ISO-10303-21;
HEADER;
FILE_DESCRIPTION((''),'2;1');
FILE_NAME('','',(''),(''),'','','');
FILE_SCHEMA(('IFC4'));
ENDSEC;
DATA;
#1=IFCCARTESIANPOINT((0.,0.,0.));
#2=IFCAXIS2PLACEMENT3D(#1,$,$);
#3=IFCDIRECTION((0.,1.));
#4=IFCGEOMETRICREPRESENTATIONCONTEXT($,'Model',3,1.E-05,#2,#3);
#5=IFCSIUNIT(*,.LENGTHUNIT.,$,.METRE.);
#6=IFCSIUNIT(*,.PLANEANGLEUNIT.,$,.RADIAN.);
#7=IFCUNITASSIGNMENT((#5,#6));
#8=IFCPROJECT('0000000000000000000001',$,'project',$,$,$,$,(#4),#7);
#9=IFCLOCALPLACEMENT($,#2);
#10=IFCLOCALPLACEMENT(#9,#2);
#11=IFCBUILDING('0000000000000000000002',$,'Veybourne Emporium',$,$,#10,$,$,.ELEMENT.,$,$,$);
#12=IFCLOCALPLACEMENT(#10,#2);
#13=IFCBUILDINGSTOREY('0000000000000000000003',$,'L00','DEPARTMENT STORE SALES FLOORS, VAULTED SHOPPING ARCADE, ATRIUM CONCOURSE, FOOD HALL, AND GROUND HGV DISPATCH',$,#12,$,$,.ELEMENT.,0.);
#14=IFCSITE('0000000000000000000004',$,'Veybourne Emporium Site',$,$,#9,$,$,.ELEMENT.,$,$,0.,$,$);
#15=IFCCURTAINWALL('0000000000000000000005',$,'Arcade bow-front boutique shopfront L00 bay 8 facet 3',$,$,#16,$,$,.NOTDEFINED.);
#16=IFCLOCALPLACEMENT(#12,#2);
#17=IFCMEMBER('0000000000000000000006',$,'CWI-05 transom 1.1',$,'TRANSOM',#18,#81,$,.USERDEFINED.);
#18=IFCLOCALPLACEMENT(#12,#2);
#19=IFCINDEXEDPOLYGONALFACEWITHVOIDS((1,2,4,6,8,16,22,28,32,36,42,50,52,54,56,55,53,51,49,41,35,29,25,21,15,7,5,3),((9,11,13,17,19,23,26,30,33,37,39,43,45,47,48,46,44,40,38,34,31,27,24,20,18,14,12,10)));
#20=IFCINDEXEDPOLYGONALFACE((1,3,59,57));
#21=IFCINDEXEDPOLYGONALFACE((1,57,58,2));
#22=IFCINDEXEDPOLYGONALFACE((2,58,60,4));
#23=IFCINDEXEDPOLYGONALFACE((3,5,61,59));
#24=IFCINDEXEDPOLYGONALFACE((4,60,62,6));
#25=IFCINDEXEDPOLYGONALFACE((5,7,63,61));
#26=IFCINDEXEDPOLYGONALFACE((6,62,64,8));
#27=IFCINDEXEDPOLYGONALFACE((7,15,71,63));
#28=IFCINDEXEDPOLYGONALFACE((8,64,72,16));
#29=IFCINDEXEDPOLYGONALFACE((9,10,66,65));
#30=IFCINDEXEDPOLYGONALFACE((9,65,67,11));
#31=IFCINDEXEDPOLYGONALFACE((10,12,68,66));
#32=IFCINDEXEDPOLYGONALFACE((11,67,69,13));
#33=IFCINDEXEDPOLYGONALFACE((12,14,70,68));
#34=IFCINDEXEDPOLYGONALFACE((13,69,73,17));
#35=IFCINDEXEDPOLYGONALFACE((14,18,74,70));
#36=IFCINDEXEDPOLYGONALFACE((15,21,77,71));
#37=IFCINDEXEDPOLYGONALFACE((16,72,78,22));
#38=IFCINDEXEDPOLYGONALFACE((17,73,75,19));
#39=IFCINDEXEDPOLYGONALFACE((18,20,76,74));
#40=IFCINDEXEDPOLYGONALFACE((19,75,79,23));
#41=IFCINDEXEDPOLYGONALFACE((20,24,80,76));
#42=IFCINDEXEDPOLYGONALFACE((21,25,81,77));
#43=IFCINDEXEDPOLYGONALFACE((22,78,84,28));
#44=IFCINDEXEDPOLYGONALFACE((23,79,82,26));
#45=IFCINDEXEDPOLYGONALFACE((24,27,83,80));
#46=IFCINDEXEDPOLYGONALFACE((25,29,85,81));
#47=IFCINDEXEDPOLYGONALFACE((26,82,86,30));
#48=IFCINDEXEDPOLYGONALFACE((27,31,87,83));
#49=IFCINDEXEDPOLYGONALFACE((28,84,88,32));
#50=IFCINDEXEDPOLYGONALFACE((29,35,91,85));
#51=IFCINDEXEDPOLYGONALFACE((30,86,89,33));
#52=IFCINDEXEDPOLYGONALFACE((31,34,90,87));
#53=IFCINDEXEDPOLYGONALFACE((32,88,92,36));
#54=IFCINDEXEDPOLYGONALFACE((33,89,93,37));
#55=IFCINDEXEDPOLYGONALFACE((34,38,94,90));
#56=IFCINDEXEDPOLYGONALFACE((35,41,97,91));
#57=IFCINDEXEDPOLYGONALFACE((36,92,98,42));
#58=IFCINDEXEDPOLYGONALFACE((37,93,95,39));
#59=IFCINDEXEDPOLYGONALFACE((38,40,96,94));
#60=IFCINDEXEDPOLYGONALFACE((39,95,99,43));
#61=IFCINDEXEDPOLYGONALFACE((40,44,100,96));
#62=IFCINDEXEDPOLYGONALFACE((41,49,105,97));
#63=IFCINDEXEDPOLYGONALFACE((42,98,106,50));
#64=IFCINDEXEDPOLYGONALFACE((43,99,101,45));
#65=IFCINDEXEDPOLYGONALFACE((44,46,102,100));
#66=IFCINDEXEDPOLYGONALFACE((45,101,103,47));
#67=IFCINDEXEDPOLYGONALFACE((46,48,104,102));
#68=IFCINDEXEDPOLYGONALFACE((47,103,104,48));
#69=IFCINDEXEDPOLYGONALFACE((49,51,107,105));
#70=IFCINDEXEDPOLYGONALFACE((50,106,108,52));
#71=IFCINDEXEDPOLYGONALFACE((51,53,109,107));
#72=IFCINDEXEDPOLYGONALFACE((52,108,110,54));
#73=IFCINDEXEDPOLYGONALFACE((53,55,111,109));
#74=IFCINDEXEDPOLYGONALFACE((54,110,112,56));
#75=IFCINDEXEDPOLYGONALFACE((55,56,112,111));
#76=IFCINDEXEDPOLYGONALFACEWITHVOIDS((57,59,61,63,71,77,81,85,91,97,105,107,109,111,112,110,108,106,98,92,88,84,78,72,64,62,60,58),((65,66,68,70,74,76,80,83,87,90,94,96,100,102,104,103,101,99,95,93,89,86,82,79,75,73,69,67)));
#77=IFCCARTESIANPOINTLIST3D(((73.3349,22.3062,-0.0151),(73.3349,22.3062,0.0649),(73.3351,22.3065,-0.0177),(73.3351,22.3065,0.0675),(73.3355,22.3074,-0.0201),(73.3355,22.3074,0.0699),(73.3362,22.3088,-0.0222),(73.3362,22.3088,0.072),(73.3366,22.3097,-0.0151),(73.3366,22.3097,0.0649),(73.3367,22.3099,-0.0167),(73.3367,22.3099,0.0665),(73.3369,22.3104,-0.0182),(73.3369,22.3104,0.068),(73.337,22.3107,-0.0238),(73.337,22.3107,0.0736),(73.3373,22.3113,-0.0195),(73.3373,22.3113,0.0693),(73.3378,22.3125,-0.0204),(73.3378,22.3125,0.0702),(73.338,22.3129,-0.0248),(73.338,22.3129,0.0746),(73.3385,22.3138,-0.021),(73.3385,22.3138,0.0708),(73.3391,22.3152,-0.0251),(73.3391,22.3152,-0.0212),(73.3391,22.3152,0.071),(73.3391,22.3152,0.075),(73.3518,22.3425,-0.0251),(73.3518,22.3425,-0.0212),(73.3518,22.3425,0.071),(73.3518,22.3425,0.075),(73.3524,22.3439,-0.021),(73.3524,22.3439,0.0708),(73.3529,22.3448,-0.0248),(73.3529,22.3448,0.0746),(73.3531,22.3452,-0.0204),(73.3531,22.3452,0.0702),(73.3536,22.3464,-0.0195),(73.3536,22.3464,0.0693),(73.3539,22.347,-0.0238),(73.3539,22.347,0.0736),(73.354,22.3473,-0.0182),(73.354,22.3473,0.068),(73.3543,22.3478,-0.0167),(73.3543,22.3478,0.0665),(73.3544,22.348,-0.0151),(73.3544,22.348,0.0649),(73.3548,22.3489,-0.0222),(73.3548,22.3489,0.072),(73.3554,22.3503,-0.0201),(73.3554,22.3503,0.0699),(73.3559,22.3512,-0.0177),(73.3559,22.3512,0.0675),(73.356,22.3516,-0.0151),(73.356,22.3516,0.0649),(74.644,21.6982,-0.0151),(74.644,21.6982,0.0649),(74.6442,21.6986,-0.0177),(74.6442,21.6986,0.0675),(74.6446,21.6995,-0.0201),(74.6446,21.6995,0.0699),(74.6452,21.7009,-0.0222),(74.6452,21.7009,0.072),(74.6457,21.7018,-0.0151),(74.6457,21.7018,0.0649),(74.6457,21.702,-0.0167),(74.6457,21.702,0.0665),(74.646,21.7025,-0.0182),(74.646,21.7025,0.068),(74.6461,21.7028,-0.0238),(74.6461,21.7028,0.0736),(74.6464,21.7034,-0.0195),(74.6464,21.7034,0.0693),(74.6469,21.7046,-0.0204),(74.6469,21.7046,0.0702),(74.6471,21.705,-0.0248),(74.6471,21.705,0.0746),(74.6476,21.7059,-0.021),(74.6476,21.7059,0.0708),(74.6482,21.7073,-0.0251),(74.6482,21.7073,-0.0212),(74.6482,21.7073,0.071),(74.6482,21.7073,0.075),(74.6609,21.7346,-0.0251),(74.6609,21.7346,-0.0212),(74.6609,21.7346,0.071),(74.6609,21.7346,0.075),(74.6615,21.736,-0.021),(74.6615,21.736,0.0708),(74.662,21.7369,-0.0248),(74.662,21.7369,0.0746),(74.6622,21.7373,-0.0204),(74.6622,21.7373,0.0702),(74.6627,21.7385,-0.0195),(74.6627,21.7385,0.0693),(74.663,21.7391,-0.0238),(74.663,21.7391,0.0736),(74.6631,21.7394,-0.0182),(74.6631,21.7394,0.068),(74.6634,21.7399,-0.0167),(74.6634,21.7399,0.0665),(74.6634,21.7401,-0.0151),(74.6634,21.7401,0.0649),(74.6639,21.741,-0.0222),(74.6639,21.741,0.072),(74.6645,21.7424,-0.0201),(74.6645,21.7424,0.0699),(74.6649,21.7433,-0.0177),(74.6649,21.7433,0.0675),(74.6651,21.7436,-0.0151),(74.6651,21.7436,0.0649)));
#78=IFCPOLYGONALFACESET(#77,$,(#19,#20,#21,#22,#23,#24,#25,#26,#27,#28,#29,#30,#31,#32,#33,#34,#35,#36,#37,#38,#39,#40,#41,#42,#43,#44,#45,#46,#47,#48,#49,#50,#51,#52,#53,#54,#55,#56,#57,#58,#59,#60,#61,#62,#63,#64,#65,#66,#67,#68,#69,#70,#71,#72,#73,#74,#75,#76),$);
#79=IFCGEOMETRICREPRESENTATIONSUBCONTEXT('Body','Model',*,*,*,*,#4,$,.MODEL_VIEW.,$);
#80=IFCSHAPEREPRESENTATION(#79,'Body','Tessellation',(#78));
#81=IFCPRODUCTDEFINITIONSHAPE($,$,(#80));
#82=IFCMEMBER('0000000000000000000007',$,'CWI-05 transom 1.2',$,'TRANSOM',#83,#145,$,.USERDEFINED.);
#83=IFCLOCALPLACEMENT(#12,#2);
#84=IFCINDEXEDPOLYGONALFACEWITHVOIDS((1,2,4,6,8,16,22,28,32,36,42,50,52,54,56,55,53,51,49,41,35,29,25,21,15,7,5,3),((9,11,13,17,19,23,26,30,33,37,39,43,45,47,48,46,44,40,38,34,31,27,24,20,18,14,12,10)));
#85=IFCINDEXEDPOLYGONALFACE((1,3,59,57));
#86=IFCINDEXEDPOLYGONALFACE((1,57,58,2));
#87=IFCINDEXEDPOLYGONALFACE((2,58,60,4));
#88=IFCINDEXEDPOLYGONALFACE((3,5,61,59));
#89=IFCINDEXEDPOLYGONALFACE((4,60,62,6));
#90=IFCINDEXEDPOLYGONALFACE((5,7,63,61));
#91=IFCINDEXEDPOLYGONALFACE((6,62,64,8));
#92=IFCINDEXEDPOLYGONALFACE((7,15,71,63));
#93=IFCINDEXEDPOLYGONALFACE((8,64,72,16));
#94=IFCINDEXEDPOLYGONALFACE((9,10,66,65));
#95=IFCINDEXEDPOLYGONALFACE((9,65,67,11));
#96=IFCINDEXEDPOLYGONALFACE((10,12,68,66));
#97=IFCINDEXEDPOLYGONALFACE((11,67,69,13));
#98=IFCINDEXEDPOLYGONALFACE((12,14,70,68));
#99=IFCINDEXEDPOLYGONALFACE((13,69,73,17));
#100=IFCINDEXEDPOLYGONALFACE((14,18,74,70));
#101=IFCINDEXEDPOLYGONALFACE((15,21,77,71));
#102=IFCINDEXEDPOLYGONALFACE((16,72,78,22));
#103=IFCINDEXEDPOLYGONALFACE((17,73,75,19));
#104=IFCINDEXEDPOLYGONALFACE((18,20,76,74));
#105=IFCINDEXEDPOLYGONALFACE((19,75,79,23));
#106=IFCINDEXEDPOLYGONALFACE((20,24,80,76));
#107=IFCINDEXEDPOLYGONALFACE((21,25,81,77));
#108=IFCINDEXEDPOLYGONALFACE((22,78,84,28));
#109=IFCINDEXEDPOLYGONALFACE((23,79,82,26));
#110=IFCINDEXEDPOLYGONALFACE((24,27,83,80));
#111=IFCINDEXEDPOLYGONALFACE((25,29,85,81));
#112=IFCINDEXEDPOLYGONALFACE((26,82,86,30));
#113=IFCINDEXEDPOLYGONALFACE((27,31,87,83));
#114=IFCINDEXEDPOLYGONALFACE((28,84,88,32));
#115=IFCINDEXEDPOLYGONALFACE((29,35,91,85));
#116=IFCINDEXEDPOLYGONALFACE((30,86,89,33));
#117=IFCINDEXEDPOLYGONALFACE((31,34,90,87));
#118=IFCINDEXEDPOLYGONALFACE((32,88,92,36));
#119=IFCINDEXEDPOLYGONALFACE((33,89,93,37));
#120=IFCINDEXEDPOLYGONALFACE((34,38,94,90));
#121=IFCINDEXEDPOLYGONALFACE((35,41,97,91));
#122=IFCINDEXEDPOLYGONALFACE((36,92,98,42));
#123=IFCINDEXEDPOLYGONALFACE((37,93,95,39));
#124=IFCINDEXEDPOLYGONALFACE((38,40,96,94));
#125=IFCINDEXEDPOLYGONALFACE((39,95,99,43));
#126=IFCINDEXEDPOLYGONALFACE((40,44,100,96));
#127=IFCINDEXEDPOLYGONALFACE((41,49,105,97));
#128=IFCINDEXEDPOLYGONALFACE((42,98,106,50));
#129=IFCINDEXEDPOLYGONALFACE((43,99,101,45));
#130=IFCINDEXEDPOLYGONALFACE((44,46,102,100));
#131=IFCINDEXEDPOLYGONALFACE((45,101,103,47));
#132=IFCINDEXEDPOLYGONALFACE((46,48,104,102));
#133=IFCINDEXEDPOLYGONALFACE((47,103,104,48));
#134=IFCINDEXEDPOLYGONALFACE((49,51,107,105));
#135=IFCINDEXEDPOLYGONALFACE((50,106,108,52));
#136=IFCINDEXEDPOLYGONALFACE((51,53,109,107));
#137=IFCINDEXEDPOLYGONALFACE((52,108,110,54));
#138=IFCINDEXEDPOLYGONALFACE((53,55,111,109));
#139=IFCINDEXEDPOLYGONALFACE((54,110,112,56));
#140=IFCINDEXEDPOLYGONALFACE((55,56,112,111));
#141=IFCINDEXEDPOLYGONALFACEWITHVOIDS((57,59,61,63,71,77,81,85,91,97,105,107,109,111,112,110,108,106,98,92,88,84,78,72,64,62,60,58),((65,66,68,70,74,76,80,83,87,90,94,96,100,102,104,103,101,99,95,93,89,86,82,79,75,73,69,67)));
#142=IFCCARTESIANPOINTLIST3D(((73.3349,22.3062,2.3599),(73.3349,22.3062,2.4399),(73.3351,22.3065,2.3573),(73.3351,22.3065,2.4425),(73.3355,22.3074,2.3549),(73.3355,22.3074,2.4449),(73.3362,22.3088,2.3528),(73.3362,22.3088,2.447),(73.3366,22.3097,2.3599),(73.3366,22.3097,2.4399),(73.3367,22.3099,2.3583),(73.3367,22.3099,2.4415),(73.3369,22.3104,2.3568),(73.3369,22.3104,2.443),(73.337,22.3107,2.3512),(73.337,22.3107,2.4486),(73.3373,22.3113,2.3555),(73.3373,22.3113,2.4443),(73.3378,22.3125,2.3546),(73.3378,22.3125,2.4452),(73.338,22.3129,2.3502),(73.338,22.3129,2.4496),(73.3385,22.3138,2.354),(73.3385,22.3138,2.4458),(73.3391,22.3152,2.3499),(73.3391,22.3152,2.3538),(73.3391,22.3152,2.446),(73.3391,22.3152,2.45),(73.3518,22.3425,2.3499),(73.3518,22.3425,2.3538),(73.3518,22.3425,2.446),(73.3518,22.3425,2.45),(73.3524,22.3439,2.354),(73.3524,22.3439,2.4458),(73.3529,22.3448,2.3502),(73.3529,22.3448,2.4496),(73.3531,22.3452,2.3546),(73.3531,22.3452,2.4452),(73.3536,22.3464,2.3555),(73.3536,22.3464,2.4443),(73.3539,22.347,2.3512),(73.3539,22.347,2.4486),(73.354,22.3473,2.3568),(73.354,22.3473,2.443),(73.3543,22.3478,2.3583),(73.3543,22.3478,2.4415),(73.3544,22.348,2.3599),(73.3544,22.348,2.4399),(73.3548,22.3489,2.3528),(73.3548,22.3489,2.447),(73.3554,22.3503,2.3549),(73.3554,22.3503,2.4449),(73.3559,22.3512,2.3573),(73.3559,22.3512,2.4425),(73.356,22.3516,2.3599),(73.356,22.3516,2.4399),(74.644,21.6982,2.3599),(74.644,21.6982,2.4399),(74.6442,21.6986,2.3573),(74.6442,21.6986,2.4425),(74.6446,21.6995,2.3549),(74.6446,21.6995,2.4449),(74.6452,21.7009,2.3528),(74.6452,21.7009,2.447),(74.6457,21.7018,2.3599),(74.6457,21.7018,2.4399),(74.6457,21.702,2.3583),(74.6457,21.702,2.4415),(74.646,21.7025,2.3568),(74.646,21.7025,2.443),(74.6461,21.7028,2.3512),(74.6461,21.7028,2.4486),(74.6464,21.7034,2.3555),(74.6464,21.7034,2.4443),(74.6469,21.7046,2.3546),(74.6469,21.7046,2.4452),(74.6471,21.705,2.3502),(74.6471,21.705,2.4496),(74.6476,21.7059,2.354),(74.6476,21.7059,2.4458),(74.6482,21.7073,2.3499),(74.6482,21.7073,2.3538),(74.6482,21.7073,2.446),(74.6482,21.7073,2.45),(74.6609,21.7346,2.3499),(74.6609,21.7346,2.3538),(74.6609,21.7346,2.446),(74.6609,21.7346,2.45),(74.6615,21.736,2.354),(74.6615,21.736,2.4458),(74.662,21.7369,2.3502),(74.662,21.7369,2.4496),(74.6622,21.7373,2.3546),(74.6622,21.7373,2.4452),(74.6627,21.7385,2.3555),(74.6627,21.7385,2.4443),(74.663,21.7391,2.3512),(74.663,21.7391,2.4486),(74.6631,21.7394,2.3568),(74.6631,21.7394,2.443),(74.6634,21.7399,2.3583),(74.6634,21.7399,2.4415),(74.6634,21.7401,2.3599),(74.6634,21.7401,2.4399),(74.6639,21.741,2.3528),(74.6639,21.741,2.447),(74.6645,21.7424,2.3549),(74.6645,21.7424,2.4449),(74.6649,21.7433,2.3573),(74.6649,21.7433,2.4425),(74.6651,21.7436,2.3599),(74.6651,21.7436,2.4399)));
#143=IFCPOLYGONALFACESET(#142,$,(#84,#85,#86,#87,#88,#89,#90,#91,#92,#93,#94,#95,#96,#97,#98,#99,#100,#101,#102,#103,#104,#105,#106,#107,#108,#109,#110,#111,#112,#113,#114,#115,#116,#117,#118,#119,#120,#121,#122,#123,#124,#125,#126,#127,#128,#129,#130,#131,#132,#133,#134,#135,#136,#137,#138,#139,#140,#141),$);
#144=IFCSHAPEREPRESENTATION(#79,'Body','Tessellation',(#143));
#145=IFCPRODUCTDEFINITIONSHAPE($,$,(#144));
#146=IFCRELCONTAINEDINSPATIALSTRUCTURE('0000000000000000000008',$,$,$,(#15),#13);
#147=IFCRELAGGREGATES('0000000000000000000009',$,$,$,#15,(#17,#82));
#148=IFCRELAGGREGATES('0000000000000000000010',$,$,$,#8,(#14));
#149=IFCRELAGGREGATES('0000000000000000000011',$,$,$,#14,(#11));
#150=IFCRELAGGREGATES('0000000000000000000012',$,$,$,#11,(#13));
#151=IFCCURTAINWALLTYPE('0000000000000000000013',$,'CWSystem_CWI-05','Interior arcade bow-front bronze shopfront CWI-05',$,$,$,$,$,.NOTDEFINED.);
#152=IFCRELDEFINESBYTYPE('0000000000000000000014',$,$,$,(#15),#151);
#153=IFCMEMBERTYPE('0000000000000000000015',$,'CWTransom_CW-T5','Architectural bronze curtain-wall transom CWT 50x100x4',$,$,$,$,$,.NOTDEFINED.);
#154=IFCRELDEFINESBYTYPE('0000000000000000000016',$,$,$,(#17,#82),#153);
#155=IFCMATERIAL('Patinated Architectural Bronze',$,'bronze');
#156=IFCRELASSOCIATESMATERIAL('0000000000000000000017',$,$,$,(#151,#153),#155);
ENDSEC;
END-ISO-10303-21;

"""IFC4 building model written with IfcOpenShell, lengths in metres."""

from ifc_helpers import new_model, si_unit, direction, frame, origin, origin_2d, place, context, subcontext, project, spatial, hollow_rectangle, extrude, material, material_profile, profile_set, type_object, element, aggregate, save


model = new_model("IFC4")

# Units and contexts
model_context = context("Model", 3, precision=1e-05, world=origin(), true_north=direction((0.0, 1.0)))
body_context = subcontext(model_context, "Body", "Model", "MODEL_VIEW")
ifc_project = project(units=[si_unit("LENGTHUNIT", "METRE"), si_unit("PLANEANGLEUNIT", "RADIAN")], contexts=[model_context])

# Site, building, storey
site_placement = place(None, origin())
site = spatial("IfcSite", under=ifc_project, at=site_placement, Name="Veybourne Emporium Site", CompositionType="ELEMENT", RefElevation=0.0)
building_placement = place(site_placement, origin())
building = spatial("IfcBuilding", under=site, at=building_placement, Name="Veybourne Emporium", CompositionType="ELEMENT")
storey_placement = place(building_placement, origin())
storey = spatial("IfcBuildingStorey", under=building, at=storey_placement, Name="L00", Description="DEPARTMENT STORE SALES FLOORS, VAULTED SHOPPING ARCADE, ATRIUM CONCOURSE, FOOD HALL, AND GROUND HGV DISPATCH", CompositionType="ELEMENT", Elevation=0.0)

# Curtain wall
ifc_material_1 = material(Name="Patinated Architectural Bronze", Category="bronze")
curtain_wall_type_1 = type_object("IfcCurtainWallType", Name="CWSystem_CWI-05", Description="Interior arcade bow-front bronze shopfront CWI-05", PredefinedType="NOTDEFINED", material=ifc_material_1)
curtain_wall_1_placement = place(storey_placement, origin())
curtain_wall_1 = element("IfcCurtainWall", 1, at=curtain_wall_1_placement, inside=storey, type_object=curtain_wall_type_1, Name="Arcade bow-front boutique shopfront L00 bay 8 facet 3", PredefinedType="NOTDEFINED")

# Members
ifc_material_profile_1 = material_profile(ifc_material_1, hollow_rectangle(XDim=0.05, YDim=0.1001, WallThickness=0.0039, InnerFilletRadius=0.0061, OuterFilletRadius=0.01, at=origin_2d()), Name="CWT 50x100x4")
ifc_profile_set_1 = profile_set([ifc_material_profile_1], Name="Patinated Architectural Bronze")
member_type_1 = type_object("IfcMemberType", Name="CWTransom_CW-T5", Description="Architectural bronze curtain-wall transom CWT 50x100x4", PredefinedType="NOTDEFINED", material=ifc_profile_set_1)
member_1_placement = place(storey_placement, frame((73.3455, 22.3289, 0.0249), z_axis=(0.906977, -0.421181, 0.0), x_axis=(0.421181, 0.906977, 0.0)))
member_1 = element("IfcMember", 2, at=member_1_placement, type_object=member_type_1, Name="CWI-05 transom 1.1", ObjectType="TRANSOM", PredefinedType="USERDEFINED", context=body_context, shape_type="SweptSolid", body=[
    extrude(hollow_rectangle(XDim=0.05, YDim=0.1001, WallThickness=0.0039, InnerFilletRadius=0.0061, OuterFilletRadius=0.01, at=origin_2d()), origin(), (0.0, 0.0, 1.0), 1.4434),
])
member_2_placement = place(storey_placement, frame((73.3455, 22.3289, 2.3999), z_axis=(0.906977, -0.421181, 0.0), x_axis=(0.421181, 0.906977, 0.0)))
member_2 = element("IfcMember", 3, at=member_2_placement, type_object=member_type_1, Name="CWI-05 transom 1.2", ObjectType="TRANSOM", PredefinedType="USERDEFINED", context=body_context, shape_type="SweptSolid", body=[
    extrude(hollow_rectangle(XDim=0.05, YDim=0.1001, WallThickness=0.0039, InnerFilletRadius=0.0061, OuterFilletRadius=0.01, at=origin_2d()), origin(), (0.0, 0.0, 1.0), 1.4434),
])

aggregate(curtain_wall_1, [member_1, member_2])

save(model, "model.ifc")
